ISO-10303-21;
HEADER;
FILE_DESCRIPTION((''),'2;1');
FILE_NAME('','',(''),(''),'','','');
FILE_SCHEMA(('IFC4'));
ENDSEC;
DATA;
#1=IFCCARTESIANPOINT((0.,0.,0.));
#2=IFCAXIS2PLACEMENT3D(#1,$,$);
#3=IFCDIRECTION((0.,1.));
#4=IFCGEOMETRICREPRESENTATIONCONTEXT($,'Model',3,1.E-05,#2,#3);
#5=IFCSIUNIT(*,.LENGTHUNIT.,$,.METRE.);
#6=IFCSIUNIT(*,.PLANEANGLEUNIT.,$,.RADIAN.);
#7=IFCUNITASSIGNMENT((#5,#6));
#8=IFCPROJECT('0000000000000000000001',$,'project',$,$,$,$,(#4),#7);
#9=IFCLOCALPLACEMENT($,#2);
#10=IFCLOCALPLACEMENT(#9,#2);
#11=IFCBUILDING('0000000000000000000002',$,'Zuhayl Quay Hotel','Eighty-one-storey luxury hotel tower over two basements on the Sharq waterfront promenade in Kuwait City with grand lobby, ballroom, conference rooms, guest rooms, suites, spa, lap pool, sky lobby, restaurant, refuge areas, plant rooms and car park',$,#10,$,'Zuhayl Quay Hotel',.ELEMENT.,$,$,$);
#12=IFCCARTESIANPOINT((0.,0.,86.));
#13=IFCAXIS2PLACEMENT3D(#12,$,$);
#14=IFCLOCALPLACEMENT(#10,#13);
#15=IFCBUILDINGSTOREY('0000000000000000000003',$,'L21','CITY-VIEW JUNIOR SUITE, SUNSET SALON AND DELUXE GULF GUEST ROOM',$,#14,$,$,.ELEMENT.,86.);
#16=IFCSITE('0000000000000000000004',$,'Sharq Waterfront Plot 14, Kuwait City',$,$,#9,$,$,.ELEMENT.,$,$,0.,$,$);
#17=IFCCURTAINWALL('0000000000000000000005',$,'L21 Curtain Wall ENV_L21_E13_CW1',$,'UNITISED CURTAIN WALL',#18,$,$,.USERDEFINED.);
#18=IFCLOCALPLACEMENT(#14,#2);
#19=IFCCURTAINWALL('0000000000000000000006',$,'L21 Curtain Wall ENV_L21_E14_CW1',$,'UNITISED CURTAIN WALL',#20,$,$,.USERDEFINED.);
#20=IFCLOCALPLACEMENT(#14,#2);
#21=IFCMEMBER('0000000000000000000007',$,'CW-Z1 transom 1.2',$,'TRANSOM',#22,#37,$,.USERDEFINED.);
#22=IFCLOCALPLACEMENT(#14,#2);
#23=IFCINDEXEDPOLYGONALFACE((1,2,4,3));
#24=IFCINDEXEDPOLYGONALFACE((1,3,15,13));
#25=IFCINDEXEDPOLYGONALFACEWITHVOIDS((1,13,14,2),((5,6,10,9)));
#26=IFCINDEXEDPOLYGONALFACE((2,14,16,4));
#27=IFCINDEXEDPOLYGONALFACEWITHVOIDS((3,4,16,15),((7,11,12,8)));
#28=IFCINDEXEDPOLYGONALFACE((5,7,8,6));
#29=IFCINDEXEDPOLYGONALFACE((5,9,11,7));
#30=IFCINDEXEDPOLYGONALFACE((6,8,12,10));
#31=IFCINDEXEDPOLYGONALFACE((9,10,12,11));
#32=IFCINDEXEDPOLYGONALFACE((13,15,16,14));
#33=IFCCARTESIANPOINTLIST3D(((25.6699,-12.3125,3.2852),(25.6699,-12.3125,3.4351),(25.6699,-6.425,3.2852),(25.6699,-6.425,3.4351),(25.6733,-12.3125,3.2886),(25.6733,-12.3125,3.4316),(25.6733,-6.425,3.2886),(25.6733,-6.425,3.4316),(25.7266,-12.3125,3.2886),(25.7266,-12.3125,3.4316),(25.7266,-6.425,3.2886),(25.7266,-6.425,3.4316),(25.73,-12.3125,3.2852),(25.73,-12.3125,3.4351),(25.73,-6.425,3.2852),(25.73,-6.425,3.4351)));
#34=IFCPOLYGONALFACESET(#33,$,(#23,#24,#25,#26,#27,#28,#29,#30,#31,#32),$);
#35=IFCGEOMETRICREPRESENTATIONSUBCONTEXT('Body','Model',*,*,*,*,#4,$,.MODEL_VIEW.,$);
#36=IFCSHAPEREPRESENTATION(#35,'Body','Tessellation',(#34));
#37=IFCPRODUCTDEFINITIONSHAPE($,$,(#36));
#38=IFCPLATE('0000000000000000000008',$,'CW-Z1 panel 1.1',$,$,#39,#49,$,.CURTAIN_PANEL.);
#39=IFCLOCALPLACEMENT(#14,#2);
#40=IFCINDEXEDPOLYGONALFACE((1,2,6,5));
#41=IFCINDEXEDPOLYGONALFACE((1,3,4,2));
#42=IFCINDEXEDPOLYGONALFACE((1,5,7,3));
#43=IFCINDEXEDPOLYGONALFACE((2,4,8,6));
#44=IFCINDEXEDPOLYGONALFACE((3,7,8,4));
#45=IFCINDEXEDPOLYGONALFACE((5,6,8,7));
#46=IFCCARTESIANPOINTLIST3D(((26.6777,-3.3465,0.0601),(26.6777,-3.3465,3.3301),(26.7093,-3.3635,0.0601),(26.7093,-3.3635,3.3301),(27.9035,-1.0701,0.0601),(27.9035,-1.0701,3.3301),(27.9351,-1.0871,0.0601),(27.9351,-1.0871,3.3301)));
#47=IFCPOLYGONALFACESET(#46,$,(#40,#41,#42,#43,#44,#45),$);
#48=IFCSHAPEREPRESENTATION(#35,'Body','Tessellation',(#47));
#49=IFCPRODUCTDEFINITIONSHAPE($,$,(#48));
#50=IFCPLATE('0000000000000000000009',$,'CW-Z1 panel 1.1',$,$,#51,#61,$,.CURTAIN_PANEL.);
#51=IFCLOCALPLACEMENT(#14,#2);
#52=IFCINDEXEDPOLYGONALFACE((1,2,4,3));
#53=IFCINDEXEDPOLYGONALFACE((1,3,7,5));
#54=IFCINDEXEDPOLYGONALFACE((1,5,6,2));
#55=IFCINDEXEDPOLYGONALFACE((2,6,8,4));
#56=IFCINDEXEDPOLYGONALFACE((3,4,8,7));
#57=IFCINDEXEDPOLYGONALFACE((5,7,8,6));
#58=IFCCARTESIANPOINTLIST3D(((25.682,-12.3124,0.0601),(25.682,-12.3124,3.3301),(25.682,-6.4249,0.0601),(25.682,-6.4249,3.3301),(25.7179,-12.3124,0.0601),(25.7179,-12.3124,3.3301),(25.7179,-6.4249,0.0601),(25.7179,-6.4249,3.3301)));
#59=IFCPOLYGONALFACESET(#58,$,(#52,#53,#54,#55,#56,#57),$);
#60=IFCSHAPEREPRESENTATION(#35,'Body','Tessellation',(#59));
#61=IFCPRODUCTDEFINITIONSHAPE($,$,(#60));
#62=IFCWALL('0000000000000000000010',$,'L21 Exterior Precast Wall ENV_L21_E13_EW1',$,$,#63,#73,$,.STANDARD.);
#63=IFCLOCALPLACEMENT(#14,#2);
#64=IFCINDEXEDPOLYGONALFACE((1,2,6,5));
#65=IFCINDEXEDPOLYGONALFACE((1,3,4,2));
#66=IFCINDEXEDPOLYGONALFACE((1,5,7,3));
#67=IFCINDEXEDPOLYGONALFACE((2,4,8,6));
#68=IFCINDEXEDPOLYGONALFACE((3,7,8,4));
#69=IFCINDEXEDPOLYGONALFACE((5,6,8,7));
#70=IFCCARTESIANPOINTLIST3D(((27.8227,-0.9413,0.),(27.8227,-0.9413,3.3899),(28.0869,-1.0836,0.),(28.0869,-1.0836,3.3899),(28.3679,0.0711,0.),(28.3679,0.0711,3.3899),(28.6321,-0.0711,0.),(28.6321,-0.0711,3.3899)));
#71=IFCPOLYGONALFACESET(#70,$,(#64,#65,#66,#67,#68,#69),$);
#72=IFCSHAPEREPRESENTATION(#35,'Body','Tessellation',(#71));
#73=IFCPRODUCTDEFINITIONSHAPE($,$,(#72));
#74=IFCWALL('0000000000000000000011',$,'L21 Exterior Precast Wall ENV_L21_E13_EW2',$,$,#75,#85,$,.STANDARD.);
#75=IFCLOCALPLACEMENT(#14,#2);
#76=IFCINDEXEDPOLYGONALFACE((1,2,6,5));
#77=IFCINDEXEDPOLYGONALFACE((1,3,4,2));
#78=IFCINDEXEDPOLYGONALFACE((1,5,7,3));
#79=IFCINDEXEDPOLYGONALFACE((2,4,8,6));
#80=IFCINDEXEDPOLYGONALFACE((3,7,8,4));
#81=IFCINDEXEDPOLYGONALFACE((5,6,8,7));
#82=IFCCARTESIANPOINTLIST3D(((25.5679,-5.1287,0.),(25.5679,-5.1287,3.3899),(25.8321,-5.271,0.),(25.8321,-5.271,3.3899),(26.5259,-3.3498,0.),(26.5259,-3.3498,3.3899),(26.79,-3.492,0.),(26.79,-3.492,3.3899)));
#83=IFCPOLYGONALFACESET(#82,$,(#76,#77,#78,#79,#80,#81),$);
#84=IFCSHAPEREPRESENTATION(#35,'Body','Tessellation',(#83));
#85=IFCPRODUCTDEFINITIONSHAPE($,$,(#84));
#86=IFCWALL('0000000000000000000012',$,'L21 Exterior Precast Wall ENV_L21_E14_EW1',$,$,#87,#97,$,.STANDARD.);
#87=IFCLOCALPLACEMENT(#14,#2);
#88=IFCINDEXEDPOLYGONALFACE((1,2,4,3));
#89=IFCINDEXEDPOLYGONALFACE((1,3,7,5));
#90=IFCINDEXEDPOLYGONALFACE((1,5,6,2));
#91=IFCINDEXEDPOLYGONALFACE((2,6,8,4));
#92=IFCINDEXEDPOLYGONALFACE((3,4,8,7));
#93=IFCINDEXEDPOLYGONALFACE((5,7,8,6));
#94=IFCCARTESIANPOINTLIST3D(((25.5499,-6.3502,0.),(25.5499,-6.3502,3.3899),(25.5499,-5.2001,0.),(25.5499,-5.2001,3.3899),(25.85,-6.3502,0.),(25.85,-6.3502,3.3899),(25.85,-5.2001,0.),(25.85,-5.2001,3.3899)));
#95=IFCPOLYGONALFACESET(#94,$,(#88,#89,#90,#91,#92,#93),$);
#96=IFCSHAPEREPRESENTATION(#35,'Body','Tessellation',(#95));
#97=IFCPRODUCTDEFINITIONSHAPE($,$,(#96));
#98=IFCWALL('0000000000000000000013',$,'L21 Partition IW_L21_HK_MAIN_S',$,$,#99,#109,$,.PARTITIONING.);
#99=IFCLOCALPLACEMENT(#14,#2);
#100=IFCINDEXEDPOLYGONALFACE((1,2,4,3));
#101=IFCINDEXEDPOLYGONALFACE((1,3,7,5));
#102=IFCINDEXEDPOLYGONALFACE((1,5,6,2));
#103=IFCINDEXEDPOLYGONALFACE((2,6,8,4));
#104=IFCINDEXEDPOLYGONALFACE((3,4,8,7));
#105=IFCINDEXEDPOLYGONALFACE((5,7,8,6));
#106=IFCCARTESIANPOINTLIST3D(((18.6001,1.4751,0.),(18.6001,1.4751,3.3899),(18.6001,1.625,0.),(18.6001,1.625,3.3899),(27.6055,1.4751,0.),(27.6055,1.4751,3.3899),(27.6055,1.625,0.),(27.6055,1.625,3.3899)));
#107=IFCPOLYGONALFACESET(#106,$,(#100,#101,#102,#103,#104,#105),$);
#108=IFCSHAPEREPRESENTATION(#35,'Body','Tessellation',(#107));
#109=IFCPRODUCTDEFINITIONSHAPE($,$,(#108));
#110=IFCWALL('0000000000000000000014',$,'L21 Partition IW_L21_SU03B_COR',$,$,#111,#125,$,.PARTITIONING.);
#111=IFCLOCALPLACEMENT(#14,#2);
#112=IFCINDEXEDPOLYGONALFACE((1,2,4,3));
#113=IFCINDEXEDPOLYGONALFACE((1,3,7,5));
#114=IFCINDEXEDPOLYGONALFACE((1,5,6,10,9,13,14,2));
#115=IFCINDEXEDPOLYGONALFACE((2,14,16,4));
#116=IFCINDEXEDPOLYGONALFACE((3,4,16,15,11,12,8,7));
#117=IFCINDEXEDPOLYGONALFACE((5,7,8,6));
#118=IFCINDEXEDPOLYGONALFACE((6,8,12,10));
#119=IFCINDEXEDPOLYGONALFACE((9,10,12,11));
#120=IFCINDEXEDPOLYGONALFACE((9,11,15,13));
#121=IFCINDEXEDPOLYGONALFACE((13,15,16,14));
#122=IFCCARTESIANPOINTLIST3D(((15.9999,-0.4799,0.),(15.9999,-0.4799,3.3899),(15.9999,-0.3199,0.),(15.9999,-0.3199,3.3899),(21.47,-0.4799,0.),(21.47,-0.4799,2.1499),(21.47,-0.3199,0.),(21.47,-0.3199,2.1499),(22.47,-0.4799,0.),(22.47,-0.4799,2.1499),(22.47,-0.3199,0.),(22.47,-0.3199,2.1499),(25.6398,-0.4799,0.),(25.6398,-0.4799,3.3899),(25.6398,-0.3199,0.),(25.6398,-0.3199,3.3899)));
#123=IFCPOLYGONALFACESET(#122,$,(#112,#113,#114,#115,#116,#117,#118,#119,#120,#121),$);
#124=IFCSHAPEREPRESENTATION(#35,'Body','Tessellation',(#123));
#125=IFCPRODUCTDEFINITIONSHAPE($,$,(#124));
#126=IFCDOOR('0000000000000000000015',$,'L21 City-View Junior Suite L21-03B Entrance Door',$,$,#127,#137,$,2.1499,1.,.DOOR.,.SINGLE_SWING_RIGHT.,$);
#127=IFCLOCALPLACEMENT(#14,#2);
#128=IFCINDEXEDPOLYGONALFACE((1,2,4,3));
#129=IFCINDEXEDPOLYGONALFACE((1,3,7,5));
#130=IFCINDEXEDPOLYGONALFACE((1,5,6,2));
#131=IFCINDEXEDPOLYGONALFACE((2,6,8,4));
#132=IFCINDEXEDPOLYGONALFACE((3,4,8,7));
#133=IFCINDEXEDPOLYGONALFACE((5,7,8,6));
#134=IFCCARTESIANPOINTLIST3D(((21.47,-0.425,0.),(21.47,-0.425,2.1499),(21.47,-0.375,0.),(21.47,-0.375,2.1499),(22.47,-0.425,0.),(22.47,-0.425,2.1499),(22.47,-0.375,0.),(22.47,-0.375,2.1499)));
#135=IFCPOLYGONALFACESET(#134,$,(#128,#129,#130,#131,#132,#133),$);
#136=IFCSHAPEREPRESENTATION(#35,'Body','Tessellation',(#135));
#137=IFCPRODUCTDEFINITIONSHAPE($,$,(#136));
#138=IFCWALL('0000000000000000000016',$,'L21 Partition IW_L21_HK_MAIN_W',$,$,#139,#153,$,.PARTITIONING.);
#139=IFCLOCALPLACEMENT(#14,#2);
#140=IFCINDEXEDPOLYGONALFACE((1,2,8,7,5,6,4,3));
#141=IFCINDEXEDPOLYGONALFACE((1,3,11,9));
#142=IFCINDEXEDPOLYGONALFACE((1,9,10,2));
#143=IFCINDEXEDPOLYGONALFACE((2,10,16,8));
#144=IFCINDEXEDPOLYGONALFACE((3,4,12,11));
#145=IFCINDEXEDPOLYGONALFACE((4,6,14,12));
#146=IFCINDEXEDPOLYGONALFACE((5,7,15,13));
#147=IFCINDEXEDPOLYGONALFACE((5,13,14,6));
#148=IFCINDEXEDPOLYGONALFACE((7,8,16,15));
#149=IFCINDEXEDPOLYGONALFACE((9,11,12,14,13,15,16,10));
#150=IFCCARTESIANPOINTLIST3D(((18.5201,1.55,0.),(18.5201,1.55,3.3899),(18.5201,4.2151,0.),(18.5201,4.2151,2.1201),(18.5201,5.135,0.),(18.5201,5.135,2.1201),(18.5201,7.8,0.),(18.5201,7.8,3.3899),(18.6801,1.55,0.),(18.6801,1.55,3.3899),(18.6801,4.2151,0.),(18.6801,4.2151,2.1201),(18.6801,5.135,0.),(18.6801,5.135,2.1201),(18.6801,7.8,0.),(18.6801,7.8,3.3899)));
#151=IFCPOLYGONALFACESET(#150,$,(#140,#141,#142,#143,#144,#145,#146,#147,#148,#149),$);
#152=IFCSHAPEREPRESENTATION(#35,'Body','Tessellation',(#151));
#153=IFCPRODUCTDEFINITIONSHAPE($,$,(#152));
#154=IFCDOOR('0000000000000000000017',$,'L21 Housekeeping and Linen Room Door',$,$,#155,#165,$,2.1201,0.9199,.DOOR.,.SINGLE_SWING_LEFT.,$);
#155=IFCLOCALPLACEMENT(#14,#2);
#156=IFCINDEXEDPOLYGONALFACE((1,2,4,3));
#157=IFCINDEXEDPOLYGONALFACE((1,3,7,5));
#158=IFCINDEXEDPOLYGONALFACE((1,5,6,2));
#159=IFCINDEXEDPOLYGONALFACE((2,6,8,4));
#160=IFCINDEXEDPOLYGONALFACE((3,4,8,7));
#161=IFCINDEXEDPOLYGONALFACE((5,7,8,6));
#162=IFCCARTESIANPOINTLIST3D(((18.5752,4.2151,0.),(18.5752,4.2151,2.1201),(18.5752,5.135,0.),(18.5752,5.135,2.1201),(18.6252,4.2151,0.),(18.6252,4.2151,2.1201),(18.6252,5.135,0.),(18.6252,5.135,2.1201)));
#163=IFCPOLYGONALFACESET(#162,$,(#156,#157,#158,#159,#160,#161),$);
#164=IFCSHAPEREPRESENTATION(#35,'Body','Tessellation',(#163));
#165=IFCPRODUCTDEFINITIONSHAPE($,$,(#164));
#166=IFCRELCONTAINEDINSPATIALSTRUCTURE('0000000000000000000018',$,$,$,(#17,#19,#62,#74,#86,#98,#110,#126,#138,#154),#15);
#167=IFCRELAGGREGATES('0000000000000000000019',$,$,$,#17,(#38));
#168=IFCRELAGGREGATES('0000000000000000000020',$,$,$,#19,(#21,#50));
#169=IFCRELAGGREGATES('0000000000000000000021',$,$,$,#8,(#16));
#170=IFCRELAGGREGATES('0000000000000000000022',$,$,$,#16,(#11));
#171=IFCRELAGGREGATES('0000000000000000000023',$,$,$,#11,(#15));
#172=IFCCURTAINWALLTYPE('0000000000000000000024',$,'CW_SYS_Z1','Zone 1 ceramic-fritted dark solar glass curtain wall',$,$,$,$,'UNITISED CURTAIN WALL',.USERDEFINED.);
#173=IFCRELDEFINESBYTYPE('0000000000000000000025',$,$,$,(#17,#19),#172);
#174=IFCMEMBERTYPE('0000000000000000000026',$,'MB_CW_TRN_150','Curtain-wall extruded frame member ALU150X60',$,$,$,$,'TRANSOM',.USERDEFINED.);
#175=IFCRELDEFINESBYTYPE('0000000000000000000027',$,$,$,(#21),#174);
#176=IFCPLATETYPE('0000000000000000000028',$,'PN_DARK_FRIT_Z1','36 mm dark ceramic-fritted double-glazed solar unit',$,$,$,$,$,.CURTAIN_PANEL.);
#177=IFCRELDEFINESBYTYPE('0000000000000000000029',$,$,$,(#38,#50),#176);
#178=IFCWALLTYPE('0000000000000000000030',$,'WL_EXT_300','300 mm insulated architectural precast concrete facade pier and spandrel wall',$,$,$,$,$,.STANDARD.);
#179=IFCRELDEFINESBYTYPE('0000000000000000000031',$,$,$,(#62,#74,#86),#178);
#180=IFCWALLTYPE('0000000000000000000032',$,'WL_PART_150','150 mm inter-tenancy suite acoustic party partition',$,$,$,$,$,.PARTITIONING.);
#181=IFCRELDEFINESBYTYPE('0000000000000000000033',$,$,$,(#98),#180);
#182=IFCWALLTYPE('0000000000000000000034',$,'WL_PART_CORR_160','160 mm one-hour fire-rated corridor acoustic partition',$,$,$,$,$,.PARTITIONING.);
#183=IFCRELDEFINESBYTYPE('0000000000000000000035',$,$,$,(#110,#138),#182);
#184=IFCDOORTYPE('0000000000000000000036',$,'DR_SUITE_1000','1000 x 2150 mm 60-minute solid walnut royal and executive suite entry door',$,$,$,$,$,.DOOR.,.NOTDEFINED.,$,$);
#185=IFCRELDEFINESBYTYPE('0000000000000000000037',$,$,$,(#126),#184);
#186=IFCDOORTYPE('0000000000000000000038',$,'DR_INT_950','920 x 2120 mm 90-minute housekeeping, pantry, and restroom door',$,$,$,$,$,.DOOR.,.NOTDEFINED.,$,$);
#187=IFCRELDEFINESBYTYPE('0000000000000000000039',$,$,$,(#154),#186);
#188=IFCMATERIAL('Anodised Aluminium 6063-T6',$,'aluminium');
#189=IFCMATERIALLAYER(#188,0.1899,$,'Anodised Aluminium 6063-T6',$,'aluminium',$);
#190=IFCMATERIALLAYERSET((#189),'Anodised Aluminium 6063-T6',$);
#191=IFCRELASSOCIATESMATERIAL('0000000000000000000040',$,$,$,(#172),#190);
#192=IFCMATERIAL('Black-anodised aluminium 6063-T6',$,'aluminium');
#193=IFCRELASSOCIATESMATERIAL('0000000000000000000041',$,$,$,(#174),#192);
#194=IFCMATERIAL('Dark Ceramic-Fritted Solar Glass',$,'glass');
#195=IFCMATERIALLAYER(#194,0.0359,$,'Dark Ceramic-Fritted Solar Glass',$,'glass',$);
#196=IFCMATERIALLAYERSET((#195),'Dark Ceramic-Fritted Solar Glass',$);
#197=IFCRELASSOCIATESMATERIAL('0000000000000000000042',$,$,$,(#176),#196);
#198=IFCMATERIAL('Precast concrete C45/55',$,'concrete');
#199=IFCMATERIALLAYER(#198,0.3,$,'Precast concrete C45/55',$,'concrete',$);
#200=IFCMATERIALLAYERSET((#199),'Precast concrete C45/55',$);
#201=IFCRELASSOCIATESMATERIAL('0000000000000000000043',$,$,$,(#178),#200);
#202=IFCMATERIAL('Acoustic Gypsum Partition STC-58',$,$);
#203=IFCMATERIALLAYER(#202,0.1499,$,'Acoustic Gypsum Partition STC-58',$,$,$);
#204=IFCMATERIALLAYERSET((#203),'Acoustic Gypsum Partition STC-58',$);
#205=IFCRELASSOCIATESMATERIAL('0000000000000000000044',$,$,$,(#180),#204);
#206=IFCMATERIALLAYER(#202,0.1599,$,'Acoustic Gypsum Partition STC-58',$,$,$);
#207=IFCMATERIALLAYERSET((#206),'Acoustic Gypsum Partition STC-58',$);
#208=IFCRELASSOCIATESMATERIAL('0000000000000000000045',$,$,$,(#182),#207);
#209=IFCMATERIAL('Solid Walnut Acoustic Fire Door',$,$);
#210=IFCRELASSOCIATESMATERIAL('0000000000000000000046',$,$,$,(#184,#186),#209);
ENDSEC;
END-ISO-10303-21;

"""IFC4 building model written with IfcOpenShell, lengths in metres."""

from ifc_helpers import new_model, si_unit, direction, frame, frame_2d, origin, origin_2d, place, context, subcontext, project, spatial, rectangle, hollow_rectangle, extrude, material, layer, layer_set, material_profile, profile_set, type_object, element, fill, aggregate, save


model = new_model("IFC4")

# Units and contexts
model_context = context("Model", 3, precision=1e-05, world=origin(), true_north=direction((0.0, 1.0)))
body_context = subcontext(model_context, "Body", "Model", "MODEL_VIEW")
ifc_project = project(units=[si_unit("LENGTHUNIT", "METRE"), si_unit("PLANEANGLEUNIT", "RADIAN")], contexts=[model_context])

# Site, building, storey
site_placement = place(None, origin())
site = spatial("IfcSite", under=ifc_project, at=site_placement, Name="Sharq Waterfront Plot 14, Kuwait City", CompositionType="ELEMENT", RefElevation=0.0)
building_placement = place(site_placement, origin())
building = spatial("IfcBuilding", under=site, at=building_placement, Name="Zuhayl Quay Hotel", Description="Eighty-one-storey luxury hotel tower over two basements on the Sharq waterfront promenade in Kuwait City with grand lobby, ballroom, conference rooms, guest rooms, suites, spa, lap pool, sky lobby, restaurant, refuge areas, plant rooms and car park", LongName="Zuhayl Quay Hotel", CompositionType="ELEMENT")
storey_placement = place(building_placement, frame((0.0, 0.0, 86.0)))
storey = spatial("IfcBuildingStorey", under=building, at=storey_placement, Name="L21", Description="CITY-VIEW JUNIOR SUITE, SUNSET SALON AND DELUXE GULF GUEST ROOM", CompositionType="ELEMENT", Elevation=86.0)

# Curtain walls
ifc_material_1 = material(Name="Anodised Aluminium 6063-T6", Category="aluminium")
ifc_layer_1 = layer(ifc_material_1, 0.1899, Name="Anodised Aluminium 6063-T6", Category="aluminium")
ifc_layer_set_1 = layer_set([ifc_layer_1], Name="Anodised Aluminium 6063-T6")
curtain_wall_type = type_object("IfcCurtainWallType", Name="CW_SYS_Z1", Description="Zone 1 ceramic-fritted dark solar glass curtain wall", ElementType="UNITISED CURTAIN WALL", PredefinedType="USERDEFINED", material=ifc_layer_set_1)
curtain_wall_1_placement = place(storey_placement, origin())
curtain_wall_1 = element("IfcCurtainWall", 1, at=curtain_wall_1_placement, inside=storey, type_object=curtain_wall_type, Name="L21 Curtain Wall ENV_L21_E13_CW1", ObjectType="UNITISED CURTAIN WALL", PredefinedType="USERDEFINED")
ifc_material_2 = material(Name="Black-anodised aluminium 6063-T6", Category="aluminium")
curtain_wall_2_placement = place(storey_placement, origin())
curtain_wall_2 = element("IfcCurtainWall", 2, at=curtain_wall_2_placement, inside=storey, type_object=curtain_wall_type, Name="L21 Curtain Wall ENV_L21_E14_CW1", ObjectType="UNITISED CURTAIN WALL", PredefinedType="USERDEFINED")

# Member
ifc_material_profile_1 = material_profile(ifc_material_2, hollow_rectangle(XDim=0.0601, YDim=0.1499, WallThickness=0.0034, at=origin_2d()), Name="ALU150X60")
ifc_profile_set_1 = profile_set([ifc_material_profile_1], Name="Black-anodised aluminium 6063-T6")
member_type_1 = type_object("IfcMemberType", Name="MB_CW_TRN_150", Description="Curtain-wall extruded frame member ALU150X60", ElementType="TRANSOM", PredefinedType="USERDEFINED", material=ifc_profile_set_1)
member_1_placement = place(storey_placement, frame((25.7, -6.425, 3.3601), z_axis=(0.0, -1.0, 0.0), x_axis=(1.0, 0.0, 0.0)))
member_1 = element("IfcMember", 3, at=member_1_placement, type_object=member_type_1, Name="CW-Z1 transom 1.2", ObjectType="TRANSOM", PredefinedType="USERDEFINED", context=body_context, shape_type="SweptSolid", body=[
    extrude(hollow_rectangle(XDim=0.0601, YDim=0.1499, WallThickness=0.0034, at=origin_2d()), origin(), (0.0, 0.0, 1.0), 5.8875),
])

# Plates
ifc_material_3 = material(Name="Dark Ceramic-Fritted Solar Glass", Category="glass")
ifc_layer_2 = layer(ifc_material_3, 0.0359, Name="Dark Ceramic-Fritted Solar Glass", Category="glass")
ifc_layer_set_2 = layer_set([ifc_layer_2], Name="Dark Ceramic-Fritted Solar Glass")
plate_type = type_object("IfcPlateType", Name="PN_DARK_FRIT_Z1", Description="36 mm dark ceramic-fritted double-glazed solar unit", PredefinedType="CURTAIN_PANEL", material=ifc_layer_set_2)
plate_1_placement = place(storey_placement, frame((27.3064, -2.2168, 0.0601), z_axis=(0.0, 0.0, 1.0), x_axis=(-0.474091, -0.880476, 0.0)))
plate_1 = element("IfcPlate", 4, at=plate_1_placement, type_object=plate_type, Name="CW-Z1 panel 1.1", PredefinedType="CURTAIN_PANEL", context=body_context, shape_type="SweptSolid", body=[
    extrude(rectangle(XDim=2.5854, YDim=0.0359, at=origin_2d()), origin(), (0.0, 0.0, 1.0), 3.27),
])
aggregate(curtain_wall_1, [plate_1])
plate_2_placement = place(storey_placement, frame((25.7, -9.3687, 0.0601), z_axis=(0.0, 0.0, 1.0), x_axis=(0.0, -1.0, 0.0)))
plate_2 = element("IfcPlate", 5, at=plate_2_placement, type_object=plate_type, Name="CW-Z1 panel 1.1", PredefinedType="CURTAIN_PANEL", context=body_context, shape_type="SweptSolid", body=[
    extrude(rectangle(XDim=5.8875, YDim=0.0359, at=origin_2d()), origin(), (0.0, 0.0, 1.0), 3.27),
])
aggregate(curtain_wall_2, [member_1, plate_2])

# Walls
ifc_material_4 = material(Name="Precast concrete C45/55", Category="concrete")
ifc_layer_3 = layer(ifc_material_4, 0.3, Name="Precast concrete C45/55", Category="concrete")
ifc_layer_set_3 = layer_set([ifc_layer_3], Name="Precast concrete C45/55")
wall_type_1 = type_object("IfcWallType", Name="WL_EXT_300", Description="300 mm insulated architectural precast concrete facade pier and spandrel wall", PredefinedType="STANDARD", material=ifc_layer_set_3)
wall_1_placement = place(storey_placement, frame((28.5, 0.0, 0.0), z_axis=(0.0, 0.0, 1.0), x_axis=(-0.4741, -0.880471, 0.0)))
element("IfcWall", 6, at=wall_1_placement, inside=storey, type_object=wall_type_1, Name="L21 Exterior Precast Wall ENV_L21_E13_EW1", PredefinedType="STANDARD", context=body_context, shape_type="SweptSolid", body=[
    extrude(rectangle(XDim=1.1499, YDim=0.3, at=frame_2d((0.575, 0.0))), origin(), (0.0, 0.0, 1.0), 3.3899),
])
wall_2_placement = place(storey_placement, frame((26.658, -3.4209, 0.0), z_axis=(0.0, 0.0, 1.0), x_axis=(-0.474121, -0.880459, 0.0)))
element("IfcWall", 7, at=wall_2_placement, inside=storey, type_object=wall_type_1, Name="L21 Exterior Precast Wall ENV_L21_E13_EW2", PredefinedType="STANDARD", context=body_context, shape_type="SweptSolid", body=[
    extrude(rectangle(XDim=2.0205, YDim=0.3, at=frame_2d((1.0103, 0.0))), origin(), (0.0, 0.0, 1.0), 3.3899),
])
wall_3_placement = place(storey_placement, frame((25.7, -5.2, 0.0), z_axis=(0.0, 0.0, 1.0), x_axis=(0.0, -1.0, 0.0)))
element("IfcWall", 8, at=wall_3_placement, inside=storey, type_object=wall_type_1, Name="L21 Exterior Precast Wall ENV_L21_E14_EW1", PredefinedType="STANDARD", context=body_context, shape_type="SweptSolid", body=[
    extrude(rectangle(XDim=1.1501, YDim=0.3, at=frame_2d((0.5752, 0.0))), origin(), (0.0, 0.0, 1.0), 3.3899),
])
ifc_material_5 = material(Name="Acoustic Gypsum Partition STC-58")
ifc_layer_4 = layer(ifc_material_5, 0.1499, Name="Acoustic Gypsum Partition STC-58")
ifc_layer_set_4 = layer_set([ifc_layer_4], Name="Acoustic Gypsum Partition STC-58")
wall_type_2 = type_object("IfcWallType", Name="WL_PART_150", Description="150 mm inter-tenancy suite acoustic party partition", PredefinedType="PARTITIONING", material=ifc_layer_set_4)
wall_4_placement = place(storey_placement, frame((18.6001, 1.55, 0.0), z_axis=(0.0, 0.0, 1.0), x_axis=(1.0, 0.0, 0.0)))
element("IfcWall", 9, at=wall_4_placement, inside=storey, type_object=wall_type_2, Name="L21 Partition IW_L21_HK_MAIN_S", PredefinedType="PARTITIONING", context=body_context, shape_type="SweptSolid", body=[
    extrude(rectangle(XDim=9.0054, YDim=0.1499, at=frame_2d((4.5027, 0.0))), origin(), (0.0, 0.0, 1.0), 3.3899),
])

# Walls, openings, doors
ifc_layer_5 = layer(ifc_material_5, 0.1599, Name="Acoustic Gypsum Partition STC-58")
ifc_layer_set_5 = layer_set([ifc_layer_5], Name="Acoustic Gypsum Partition STC-58")
wall_type_3 = type_object("IfcWallType", Name="WL_PART_CORR_160", Description="160 mm one-hour fire-rated corridor acoustic partition", PredefinedType="PARTITIONING", material=ifc_layer_set_5)
wall_5_placement = place(storey_placement, frame((16.0, -0.3999, 0.0), z_axis=(0.0, 0.0, 1.0), x_axis=(1.0, 0.0, 0.0)))
wall_5 = element("IfcWall", 10, at=wall_5_placement, inside=storey, type_object=wall_type_3, Name="L21 Partition IW_L21_SU03B_COR", PredefinedType="PARTITIONING", context=body_context, shape_type="SweptSolid", body=[
    extrude(rectangle(XDim=9.6399, YDim=0.1599, at=frame_2d((4.8198, 0.0))), origin(), (0.0, 0.0, 1.0), 3.3899),
])
opening_1_placement = place(wall_5_placement, frame((5.47, 0.0, 0.0)))
opening_1 = element("IfcOpeningElement", 11, at=opening_1_placement, cuts=wall_5, PredefinedType="OPENING", context=body_context, shape_type="SweptSolid", body=[
    extrude(rectangle(XDim=1.0, YDim=2.1499, at=frame_2d((0.5, 1.075))), frame((0.0, 0.0898, 0.0), z_axis=(0.0, -1.0, 0.0), x_axis=(1.0, 0.0, 0.0)), (0.0, 0.0, 1.0), 0.1799),
])
ifc_material_6 = material(Name="Solid Walnut Acoustic Fire Door")
door_type_1 = type_object("IfcDoorType", Name="DR_SUITE_1000", Description="1000 x 2150 mm 60-minute solid walnut royal and executive suite entry door", OperationType="NOTDEFINED", PredefinedType="DOOR", material=ifc_material_6)
door_1_placement = place(opening_1_placement, origin())
door_1 = element("IfcDoor", 12, at=door_1_placement, inside=storey, type_object=door_type_1, Name="L21 City-View Junior Suite L21-03B Entrance Door", OperationType="SINGLE_SWING_RIGHT", OverallHeight=2.1499, OverallWidth=1.0, PredefinedType="DOOR", context=body_context, shape_type="SweptSolid", body=[
    extrude(rectangle(XDim=1.0, YDim=2.1499, at=frame_2d((0.5, 1.075))), frame((0.0, 0.0249, 0.0), z_axis=(0.0, -1.0, 0.0), x_axis=(1.0, 0.0, 0.0)), (0.0, 0.0, 1.0), 0.05),
])
fill(opening_1, door_1)
wall_6_placement = place(storey_placement, frame((18.6001, 1.55, 0.0), z_axis=(0.0, 0.0, 1.0), x_axis=(0.0, 1.0, 0.0)))
wall_6 = element("IfcWall", 13, at=wall_6_placement, inside=storey, type_object=wall_type_3, Name="L21 Partition IW_L21_HK_MAIN_W", PredefinedType="PARTITIONING", context=body_context, shape_type="SweptSolid", body=[
    extrude(rectangle(XDim=6.25, YDim=0.1599, at=frame_2d((3.125, 0.0))), origin(), (0.0, 0.0, 1.0), 3.3899),
])
opening_2_placement = place(wall_6_placement, frame((2.665, 0.0, 0.0)))
opening_2 = element("IfcOpeningElement", 14, at=opening_2_placement, cuts=wall_6, PredefinedType="OPENING", context=body_context, shape_type="SweptSolid", body=[
    extrude(rectangle(XDim=0.9199, YDim=2.1201, at=frame_2d((0.46, 1.0601))), frame((0.0, 0.0898, 0.0), z_axis=(0.0, -1.0, 0.0), x_axis=(1.0, 0.0, 0.0)), (0.0, 0.0, 1.0), 0.1799),
])
door_type_2 = type_object("IfcDoorType", Name="DR_INT_950", Description="920 x 2120 mm 90-minute housekeeping, pantry, and restroom door", OperationType="NOTDEFINED", PredefinedType="DOOR", material=ifc_material_6)
door_2_placement = place(opening_2_placement, origin())
door_2 = element("IfcDoor", 15, at=door_2_placement, inside=storey, type_object=door_type_2, Name="L21 Housekeeping and Linen Room Door", OperationType="SINGLE_SWING_LEFT", OverallHeight=2.1201, OverallWidth=0.9199, PredefinedType="DOOR", context=body_context, shape_type="SweptSolid", body=[
    extrude(rectangle(XDim=0.9199, YDim=2.1201, at=frame_2d((0.46, 1.0601))), frame((0.0, 0.0249, 0.0), z_axis=(0.0, -1.0, 0.0), x_axis=(1.0, 0.0, 0.0)), (0.0, 0.0, 1.0), 0.05),
])
fill(opening_2, door_2)

save(model, "model.ifc")
